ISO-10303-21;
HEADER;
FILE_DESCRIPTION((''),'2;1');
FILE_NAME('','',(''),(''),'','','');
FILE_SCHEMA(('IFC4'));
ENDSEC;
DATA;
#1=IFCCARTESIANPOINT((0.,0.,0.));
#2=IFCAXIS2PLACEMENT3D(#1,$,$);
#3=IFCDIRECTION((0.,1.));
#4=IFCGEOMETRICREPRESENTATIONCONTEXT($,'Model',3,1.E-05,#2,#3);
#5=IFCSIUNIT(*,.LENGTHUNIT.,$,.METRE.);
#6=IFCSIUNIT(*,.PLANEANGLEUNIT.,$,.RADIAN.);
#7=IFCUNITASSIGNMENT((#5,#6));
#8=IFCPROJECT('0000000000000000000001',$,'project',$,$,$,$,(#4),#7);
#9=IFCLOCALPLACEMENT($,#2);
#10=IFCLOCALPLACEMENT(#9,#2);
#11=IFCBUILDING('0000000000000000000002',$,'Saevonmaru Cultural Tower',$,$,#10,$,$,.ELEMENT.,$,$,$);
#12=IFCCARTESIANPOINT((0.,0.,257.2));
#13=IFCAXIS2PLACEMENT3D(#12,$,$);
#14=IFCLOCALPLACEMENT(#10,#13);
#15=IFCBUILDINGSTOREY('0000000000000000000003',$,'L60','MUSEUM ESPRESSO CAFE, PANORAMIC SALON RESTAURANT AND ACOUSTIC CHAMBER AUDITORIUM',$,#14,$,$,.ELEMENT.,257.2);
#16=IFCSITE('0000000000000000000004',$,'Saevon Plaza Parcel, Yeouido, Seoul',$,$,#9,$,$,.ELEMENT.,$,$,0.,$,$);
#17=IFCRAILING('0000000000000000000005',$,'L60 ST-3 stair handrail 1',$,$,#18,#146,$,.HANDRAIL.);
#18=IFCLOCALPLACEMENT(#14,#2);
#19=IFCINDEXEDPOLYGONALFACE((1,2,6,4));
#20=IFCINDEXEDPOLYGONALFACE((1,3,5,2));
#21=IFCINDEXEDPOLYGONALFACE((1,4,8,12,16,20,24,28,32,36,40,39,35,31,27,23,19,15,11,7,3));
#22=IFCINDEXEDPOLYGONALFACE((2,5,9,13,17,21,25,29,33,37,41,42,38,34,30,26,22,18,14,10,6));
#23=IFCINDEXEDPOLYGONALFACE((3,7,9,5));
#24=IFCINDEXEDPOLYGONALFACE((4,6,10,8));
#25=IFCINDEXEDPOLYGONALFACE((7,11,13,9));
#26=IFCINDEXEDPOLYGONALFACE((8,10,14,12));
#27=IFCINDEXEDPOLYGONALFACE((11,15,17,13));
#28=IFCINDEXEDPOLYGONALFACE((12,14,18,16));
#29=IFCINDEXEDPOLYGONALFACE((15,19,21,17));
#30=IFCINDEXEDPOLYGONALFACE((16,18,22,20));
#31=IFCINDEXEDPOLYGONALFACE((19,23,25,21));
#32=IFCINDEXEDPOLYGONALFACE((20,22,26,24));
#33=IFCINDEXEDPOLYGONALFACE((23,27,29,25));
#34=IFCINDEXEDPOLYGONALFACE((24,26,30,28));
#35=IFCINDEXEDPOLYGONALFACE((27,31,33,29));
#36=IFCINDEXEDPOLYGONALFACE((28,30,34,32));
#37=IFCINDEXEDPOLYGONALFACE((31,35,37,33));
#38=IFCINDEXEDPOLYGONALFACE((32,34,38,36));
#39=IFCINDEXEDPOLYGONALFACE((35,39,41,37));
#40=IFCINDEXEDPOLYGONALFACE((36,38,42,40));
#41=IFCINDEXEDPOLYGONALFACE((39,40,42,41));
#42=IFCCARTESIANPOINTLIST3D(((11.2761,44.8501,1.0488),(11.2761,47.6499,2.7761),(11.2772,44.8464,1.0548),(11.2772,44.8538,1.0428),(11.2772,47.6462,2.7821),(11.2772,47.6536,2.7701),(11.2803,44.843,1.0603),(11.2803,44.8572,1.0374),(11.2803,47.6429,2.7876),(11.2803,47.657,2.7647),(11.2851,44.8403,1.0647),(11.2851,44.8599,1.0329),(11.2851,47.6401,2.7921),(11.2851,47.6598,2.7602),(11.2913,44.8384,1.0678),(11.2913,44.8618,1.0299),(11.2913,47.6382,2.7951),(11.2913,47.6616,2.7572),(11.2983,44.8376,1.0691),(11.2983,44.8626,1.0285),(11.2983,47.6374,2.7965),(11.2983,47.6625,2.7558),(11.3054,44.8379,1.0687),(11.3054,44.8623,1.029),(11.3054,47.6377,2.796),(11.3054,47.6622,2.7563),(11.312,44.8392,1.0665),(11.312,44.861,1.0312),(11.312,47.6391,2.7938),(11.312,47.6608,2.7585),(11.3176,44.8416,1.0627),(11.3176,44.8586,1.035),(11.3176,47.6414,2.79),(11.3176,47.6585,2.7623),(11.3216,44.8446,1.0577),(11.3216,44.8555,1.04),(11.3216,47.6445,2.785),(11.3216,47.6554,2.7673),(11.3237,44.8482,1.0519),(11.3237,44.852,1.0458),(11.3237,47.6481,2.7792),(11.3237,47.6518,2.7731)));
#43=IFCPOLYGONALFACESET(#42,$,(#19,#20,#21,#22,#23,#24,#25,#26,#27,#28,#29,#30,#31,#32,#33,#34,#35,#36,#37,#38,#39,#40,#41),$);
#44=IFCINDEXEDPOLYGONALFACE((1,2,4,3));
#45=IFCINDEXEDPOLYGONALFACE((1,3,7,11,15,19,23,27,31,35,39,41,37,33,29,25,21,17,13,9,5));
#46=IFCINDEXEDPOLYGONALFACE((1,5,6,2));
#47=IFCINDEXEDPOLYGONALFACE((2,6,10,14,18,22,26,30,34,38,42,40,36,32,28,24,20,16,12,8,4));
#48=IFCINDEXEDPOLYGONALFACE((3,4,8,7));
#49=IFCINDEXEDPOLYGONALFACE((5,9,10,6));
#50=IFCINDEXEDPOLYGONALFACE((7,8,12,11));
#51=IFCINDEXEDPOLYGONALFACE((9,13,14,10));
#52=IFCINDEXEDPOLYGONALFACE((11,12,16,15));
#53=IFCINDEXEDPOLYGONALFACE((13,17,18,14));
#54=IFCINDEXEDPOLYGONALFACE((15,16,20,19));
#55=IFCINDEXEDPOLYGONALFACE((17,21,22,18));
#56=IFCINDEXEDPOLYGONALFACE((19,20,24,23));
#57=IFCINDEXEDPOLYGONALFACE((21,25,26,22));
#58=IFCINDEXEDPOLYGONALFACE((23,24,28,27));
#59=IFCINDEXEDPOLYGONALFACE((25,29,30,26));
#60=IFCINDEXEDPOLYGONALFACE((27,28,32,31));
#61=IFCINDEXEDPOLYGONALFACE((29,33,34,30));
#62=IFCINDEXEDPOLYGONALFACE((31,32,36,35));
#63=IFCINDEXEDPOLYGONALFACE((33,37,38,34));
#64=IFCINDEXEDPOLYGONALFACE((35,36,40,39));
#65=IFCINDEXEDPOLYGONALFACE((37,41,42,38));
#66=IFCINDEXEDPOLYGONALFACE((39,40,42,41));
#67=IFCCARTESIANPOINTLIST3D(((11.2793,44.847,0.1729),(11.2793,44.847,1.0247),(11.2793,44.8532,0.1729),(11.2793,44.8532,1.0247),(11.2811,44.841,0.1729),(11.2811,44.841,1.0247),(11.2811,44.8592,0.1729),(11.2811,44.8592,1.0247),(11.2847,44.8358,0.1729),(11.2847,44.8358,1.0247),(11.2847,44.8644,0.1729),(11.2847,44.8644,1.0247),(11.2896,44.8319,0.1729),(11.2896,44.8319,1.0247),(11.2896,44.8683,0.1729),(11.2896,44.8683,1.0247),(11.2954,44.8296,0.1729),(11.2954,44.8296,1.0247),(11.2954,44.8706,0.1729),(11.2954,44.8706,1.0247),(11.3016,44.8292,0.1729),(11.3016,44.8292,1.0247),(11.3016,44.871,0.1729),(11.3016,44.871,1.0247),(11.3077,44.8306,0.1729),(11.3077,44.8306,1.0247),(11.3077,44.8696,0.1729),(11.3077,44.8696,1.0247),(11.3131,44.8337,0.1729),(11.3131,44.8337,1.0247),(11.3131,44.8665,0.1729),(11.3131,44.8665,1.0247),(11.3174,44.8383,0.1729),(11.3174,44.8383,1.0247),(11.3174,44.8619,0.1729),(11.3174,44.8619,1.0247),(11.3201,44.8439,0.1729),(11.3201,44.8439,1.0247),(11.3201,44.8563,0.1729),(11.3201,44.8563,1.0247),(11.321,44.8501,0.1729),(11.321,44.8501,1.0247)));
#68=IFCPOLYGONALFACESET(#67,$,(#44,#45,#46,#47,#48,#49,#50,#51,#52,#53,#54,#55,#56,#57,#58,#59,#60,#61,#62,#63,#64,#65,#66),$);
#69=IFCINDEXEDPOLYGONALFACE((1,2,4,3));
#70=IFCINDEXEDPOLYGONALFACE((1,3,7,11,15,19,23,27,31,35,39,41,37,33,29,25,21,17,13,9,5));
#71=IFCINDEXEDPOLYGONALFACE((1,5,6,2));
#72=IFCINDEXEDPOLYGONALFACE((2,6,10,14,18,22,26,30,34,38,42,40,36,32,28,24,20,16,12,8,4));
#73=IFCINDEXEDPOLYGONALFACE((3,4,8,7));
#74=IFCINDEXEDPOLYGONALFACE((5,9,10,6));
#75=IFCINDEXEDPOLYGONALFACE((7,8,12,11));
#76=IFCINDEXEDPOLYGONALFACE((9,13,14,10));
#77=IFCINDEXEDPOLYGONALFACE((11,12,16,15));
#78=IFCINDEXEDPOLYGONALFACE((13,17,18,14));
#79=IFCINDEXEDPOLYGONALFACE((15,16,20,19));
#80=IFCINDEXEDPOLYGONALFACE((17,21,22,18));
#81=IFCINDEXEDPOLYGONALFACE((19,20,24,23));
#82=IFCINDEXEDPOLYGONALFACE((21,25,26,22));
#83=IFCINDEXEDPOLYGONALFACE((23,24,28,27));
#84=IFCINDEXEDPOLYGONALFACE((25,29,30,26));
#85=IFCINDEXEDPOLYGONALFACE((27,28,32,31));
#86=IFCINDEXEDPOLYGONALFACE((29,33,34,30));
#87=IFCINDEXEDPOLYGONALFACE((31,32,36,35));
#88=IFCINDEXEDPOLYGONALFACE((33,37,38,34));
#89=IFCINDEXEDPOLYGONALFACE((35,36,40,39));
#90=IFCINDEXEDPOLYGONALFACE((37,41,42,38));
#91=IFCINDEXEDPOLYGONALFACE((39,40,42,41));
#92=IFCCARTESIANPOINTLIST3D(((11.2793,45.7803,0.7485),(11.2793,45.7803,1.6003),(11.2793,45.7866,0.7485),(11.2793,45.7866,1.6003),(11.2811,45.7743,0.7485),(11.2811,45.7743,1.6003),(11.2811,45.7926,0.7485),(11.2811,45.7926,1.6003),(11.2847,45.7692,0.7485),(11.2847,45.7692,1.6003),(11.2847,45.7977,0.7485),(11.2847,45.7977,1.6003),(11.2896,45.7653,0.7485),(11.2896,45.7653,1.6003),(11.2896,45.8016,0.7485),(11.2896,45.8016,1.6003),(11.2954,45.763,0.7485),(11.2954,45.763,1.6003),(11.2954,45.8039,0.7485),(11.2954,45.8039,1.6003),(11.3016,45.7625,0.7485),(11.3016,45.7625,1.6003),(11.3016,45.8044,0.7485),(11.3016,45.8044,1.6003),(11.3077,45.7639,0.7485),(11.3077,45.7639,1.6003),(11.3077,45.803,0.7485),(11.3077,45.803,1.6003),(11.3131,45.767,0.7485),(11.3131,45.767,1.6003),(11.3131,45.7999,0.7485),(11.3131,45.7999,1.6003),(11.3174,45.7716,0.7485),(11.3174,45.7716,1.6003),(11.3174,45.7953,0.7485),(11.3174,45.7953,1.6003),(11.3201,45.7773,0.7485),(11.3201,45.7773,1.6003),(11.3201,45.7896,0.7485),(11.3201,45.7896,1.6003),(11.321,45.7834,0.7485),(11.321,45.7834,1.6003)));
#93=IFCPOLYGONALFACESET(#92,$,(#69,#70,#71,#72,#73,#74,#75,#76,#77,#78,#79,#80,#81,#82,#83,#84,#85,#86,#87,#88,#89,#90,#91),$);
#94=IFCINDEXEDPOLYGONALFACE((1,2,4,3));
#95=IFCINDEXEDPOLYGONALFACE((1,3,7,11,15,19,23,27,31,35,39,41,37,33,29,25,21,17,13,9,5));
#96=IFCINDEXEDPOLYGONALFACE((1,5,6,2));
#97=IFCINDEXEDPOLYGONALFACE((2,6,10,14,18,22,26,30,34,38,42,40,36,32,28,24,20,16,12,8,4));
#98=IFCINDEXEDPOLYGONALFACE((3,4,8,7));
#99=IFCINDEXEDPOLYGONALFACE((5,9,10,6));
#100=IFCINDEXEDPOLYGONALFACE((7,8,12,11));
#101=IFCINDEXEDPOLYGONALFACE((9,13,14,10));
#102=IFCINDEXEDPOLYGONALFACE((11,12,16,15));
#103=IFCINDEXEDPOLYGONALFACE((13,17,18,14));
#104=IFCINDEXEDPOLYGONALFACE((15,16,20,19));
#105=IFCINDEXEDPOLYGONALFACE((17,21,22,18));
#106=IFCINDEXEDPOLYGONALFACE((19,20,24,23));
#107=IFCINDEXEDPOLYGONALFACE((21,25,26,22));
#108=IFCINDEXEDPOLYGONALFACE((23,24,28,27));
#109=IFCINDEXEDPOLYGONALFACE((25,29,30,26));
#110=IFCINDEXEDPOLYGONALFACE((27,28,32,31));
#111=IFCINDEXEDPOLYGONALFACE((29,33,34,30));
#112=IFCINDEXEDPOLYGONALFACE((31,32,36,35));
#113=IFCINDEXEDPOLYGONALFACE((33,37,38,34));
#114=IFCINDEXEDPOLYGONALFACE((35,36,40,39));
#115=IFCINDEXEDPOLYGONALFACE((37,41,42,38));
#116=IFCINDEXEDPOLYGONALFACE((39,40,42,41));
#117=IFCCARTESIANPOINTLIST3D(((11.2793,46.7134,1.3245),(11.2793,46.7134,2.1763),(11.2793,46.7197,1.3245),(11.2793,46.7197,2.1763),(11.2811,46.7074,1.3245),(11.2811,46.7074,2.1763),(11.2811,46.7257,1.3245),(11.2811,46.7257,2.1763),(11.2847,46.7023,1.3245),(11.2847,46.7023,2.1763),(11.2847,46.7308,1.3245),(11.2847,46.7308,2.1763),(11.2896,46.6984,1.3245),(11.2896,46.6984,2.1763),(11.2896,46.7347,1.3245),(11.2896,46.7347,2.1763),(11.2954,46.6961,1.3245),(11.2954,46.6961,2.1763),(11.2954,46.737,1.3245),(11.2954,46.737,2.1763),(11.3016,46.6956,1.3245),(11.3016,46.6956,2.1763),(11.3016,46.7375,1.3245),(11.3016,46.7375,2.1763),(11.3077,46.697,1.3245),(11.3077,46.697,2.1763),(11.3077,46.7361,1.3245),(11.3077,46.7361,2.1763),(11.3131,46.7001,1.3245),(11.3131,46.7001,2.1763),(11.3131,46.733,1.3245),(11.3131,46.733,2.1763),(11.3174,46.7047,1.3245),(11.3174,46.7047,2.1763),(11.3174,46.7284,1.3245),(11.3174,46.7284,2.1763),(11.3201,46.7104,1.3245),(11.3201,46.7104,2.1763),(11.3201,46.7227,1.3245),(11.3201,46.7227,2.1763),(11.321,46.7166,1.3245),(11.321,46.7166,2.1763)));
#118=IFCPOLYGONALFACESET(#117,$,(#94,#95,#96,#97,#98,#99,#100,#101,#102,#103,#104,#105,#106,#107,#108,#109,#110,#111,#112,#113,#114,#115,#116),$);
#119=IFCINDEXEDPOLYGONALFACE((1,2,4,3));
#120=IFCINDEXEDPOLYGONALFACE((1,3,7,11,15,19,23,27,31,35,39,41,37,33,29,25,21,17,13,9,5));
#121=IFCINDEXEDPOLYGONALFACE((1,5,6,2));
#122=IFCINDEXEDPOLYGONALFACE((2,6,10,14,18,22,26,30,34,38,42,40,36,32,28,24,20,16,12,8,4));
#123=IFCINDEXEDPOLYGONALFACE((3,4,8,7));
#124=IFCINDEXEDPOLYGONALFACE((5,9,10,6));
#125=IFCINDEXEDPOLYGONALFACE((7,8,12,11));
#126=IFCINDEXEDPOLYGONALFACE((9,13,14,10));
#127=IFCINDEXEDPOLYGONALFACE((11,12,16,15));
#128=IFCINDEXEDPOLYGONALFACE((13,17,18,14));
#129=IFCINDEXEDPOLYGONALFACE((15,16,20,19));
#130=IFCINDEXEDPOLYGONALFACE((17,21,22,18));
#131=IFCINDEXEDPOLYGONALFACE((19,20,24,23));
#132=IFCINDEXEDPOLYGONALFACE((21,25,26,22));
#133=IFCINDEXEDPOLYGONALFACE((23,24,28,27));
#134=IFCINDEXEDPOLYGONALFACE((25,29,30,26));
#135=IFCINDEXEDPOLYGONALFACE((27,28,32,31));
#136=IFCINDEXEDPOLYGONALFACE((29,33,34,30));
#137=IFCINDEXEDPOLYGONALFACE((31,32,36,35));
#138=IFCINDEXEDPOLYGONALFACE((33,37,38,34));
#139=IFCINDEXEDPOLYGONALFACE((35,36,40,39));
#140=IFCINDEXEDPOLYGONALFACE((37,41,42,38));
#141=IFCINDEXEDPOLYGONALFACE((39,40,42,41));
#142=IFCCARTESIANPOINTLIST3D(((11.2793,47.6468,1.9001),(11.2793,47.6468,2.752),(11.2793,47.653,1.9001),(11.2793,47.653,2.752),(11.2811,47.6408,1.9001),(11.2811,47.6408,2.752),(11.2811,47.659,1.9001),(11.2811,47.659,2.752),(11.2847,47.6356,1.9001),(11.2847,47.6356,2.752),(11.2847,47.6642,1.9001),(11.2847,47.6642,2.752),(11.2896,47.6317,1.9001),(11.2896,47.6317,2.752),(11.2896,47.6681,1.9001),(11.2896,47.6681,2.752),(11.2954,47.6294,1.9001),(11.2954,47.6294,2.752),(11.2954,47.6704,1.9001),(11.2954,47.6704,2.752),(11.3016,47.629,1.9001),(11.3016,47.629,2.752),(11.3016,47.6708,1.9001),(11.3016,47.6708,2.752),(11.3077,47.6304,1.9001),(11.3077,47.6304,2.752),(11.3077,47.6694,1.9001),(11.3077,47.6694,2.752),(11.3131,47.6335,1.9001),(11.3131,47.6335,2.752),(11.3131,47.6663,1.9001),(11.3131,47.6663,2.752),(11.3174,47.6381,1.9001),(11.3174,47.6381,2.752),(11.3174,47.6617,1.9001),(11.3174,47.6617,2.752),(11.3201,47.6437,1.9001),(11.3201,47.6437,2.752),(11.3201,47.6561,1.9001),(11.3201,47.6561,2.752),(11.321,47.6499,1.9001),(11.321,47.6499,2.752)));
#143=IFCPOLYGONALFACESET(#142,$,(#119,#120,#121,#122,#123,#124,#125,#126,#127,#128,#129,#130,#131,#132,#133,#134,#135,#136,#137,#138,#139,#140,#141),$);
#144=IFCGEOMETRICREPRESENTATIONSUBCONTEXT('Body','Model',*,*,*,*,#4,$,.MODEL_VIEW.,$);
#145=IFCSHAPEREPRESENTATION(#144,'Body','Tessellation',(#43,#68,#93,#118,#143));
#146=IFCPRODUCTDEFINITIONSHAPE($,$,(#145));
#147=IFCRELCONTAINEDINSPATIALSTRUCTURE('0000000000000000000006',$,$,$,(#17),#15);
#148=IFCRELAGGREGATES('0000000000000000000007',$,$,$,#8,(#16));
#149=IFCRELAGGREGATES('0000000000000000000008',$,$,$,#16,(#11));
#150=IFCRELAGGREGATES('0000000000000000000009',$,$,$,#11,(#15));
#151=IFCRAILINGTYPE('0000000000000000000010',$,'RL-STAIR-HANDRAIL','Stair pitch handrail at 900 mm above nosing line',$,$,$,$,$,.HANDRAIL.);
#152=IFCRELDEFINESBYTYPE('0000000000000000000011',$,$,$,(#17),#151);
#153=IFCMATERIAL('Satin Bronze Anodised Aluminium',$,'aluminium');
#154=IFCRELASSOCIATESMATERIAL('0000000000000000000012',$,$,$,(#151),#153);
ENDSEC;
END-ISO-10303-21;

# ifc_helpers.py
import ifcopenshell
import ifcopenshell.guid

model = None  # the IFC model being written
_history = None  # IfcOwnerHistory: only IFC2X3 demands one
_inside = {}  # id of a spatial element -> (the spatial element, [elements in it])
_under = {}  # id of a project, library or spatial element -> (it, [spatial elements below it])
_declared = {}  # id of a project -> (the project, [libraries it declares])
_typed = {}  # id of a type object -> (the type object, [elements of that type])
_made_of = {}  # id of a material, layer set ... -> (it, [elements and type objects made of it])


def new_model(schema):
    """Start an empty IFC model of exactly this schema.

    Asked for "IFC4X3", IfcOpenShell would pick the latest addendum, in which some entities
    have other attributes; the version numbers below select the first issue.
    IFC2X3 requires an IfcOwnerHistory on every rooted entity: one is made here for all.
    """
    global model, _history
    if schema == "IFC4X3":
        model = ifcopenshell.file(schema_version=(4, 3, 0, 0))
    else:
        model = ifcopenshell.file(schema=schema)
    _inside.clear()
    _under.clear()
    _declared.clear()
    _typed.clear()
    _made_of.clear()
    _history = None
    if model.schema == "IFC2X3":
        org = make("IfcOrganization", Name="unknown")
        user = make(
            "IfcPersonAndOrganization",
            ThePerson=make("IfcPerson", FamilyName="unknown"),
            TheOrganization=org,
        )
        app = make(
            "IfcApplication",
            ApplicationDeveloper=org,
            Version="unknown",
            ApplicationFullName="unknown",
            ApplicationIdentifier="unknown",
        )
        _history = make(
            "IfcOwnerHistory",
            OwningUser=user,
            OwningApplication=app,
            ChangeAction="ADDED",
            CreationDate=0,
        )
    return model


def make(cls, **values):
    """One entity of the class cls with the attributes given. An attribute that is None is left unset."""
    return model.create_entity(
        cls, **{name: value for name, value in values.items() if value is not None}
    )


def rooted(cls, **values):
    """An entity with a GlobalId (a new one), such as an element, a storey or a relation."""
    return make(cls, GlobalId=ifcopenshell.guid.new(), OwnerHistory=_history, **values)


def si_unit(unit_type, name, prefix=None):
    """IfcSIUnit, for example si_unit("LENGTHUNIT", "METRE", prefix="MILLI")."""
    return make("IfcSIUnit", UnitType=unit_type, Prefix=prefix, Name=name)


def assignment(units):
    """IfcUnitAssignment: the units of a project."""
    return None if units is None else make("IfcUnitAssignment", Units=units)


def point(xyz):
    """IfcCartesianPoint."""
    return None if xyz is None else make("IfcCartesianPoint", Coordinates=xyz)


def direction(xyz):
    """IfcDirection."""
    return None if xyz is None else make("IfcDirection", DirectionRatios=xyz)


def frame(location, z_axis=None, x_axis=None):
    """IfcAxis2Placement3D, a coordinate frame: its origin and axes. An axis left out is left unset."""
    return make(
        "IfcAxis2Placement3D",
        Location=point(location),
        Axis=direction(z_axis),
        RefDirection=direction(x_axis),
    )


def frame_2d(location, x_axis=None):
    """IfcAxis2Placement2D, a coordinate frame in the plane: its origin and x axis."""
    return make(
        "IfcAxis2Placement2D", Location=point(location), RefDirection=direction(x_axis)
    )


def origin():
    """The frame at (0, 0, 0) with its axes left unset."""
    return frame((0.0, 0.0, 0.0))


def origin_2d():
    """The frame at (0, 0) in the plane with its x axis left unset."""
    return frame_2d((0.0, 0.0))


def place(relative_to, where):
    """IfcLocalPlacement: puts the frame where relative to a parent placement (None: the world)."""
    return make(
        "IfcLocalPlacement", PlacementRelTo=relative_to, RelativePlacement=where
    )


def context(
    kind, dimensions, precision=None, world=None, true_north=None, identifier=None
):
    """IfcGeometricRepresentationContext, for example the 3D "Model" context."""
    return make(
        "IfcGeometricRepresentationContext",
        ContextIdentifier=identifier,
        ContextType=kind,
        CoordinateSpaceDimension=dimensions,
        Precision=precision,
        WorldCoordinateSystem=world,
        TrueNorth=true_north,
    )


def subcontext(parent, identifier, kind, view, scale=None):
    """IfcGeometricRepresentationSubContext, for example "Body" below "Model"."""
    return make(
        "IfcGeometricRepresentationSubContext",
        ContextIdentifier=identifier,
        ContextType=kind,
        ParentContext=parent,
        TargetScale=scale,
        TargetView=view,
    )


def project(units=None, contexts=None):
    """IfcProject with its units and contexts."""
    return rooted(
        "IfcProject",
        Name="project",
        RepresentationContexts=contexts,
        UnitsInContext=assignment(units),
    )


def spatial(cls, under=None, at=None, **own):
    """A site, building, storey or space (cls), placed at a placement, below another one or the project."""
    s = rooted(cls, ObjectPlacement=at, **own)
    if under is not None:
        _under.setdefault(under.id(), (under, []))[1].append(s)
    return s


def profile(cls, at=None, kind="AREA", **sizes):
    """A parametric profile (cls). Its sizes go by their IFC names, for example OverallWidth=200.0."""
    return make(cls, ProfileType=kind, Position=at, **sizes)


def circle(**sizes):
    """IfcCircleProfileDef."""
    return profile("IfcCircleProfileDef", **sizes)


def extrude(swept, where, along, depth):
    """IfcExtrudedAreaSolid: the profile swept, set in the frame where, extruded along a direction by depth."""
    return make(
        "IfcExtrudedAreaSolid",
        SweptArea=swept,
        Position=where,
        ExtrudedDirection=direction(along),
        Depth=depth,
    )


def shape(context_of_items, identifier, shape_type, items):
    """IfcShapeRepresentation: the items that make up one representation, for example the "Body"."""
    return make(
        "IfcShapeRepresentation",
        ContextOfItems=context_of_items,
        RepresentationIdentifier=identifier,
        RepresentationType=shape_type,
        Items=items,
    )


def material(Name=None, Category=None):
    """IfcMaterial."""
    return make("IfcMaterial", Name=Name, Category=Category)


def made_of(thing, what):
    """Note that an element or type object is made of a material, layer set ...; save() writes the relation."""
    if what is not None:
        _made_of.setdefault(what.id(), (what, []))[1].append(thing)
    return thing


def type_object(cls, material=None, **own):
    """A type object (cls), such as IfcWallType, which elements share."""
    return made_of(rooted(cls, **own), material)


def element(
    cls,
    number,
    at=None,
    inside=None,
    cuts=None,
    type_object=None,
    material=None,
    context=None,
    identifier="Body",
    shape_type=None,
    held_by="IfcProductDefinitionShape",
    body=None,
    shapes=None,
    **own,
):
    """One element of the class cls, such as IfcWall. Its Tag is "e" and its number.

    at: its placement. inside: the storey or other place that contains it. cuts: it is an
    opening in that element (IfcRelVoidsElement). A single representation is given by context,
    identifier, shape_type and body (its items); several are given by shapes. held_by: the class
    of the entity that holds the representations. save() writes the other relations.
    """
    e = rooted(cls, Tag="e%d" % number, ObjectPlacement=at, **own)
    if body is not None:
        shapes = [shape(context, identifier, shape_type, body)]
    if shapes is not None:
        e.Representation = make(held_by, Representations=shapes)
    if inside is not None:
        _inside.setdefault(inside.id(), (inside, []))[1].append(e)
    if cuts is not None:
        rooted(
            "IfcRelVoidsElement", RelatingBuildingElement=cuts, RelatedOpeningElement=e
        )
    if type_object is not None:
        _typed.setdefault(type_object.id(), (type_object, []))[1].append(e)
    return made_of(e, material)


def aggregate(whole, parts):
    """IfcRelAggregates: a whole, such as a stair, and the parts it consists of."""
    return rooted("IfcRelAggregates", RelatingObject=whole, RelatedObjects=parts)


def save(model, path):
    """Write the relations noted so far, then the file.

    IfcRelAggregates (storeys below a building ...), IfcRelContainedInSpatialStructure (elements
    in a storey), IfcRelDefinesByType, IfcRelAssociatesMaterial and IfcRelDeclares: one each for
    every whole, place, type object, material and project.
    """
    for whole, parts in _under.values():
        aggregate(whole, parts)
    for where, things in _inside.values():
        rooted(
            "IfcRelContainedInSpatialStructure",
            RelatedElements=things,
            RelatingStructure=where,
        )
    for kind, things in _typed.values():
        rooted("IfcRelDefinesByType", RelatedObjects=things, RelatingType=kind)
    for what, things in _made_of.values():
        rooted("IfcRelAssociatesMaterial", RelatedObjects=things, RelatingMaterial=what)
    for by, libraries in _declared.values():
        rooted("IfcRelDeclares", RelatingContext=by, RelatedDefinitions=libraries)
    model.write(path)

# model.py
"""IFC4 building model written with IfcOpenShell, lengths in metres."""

from ifc_helpers import new_model, si_unit, direction, frame, origin, origin_2d, place, context, subcontext, project, spatial, circle, extrude, material, type_object, element, save


model = new_model("IFC4")

# Units and contexts
model_context = context("Model", 3, precision=1e-05, world=origin(), true_north=direction((0.0, 1.0)))
body_context = subcontext(model_context, "Body", "Model", "MODEL_VIEW")
ifc_project = project(units=[si_unit("LENGTHUNIT", "METRE"), si_unit("PLANEANGLEUNIT", "RADIAN")], contexts=[model_context])

# Site, building, storey
site_placement = place(None, origin())
site = spatial("IfcSite", under=ifc_project, at=site_placement, Name="Saevon Plaza Parcel, Yeouido, Seoul", CompositionType="ELEMENT", RefElevation=0.0)
building_placement = place(site_placement, origin())
building = spatial("IfcBuilding", under=site, at=building_placement, Name="Saevonmaru Cultural Tower", CompositionType="ELEMENT")
storey_placement = place(building_placement, frame((0.0, 0.0, 257.2)))
storey = spatial("IfcBuildingStorey", under=building, at=storey_placement, Name="L60", Description="MUSEUM ESPRESSO CAFE, PANORAMIC SALON RESTAURANT AND ACOUSTIC CHAMBER AUDITORIUM", CompositionType="ELEMENT", Elevation=257.2)

# Shared definitions
ifc_material_1 = material(Name="Satin Bronze Anodised Aluminium", Category="aluminium")

# Railing
railing_type_1 = type_object("IfcRailingType", Name="RL-STAIR-HANDRAIL", Description="Stair pitch handrail at 900 mm above nosing line", PredefinedType="HANDRAIL", material=ifc_material_1)
railing_1_placement = place(storey_placement, frame((11.3, 44.8501, 0.1729)))
element("IfcRailing", 1, at=railing_1_placement, inside=storey, type_object=railing_type_1, Name="L60 ST-3 stair handrail 1", PredefinedType="HANDRAIL", context=body_context, shape_type="SweptSolid", body=[
    extrude(circle(Radius=0.0239, at=origin_2d()), frame((0.0, 0.0, 0.876), z_axis=(0.0, 0.851069, 0.525054), x_axis=(-1.0, 0.0, 0.0)), (0.0, 0.0, 1.0), 3.2898),
    extrude(circle(Radius=0.021, at=origin_2d()), origin(), (0.0, 0.0, 1.0), 0.8518),
    extrude(circle(Radius=0.021, at=origin_2d()), frame((0.0, 0.9333, 0.5757)), (0.0, 0.0, 1.0), 0.8518),
    extrude(circle(Radius=0.021, at=origin_2d()), frame((0.0, 1.8665, 1.1516)), (0.0, 0.0, 1.0), 0.8518),
    extrude(circle(Radius=0.021, at=origin_2d()), frame((0.0, 2.7998, 1.7273)), (0.0, 0.0, 1.0), 0.8518),
])

save(model, "model.ifc")
